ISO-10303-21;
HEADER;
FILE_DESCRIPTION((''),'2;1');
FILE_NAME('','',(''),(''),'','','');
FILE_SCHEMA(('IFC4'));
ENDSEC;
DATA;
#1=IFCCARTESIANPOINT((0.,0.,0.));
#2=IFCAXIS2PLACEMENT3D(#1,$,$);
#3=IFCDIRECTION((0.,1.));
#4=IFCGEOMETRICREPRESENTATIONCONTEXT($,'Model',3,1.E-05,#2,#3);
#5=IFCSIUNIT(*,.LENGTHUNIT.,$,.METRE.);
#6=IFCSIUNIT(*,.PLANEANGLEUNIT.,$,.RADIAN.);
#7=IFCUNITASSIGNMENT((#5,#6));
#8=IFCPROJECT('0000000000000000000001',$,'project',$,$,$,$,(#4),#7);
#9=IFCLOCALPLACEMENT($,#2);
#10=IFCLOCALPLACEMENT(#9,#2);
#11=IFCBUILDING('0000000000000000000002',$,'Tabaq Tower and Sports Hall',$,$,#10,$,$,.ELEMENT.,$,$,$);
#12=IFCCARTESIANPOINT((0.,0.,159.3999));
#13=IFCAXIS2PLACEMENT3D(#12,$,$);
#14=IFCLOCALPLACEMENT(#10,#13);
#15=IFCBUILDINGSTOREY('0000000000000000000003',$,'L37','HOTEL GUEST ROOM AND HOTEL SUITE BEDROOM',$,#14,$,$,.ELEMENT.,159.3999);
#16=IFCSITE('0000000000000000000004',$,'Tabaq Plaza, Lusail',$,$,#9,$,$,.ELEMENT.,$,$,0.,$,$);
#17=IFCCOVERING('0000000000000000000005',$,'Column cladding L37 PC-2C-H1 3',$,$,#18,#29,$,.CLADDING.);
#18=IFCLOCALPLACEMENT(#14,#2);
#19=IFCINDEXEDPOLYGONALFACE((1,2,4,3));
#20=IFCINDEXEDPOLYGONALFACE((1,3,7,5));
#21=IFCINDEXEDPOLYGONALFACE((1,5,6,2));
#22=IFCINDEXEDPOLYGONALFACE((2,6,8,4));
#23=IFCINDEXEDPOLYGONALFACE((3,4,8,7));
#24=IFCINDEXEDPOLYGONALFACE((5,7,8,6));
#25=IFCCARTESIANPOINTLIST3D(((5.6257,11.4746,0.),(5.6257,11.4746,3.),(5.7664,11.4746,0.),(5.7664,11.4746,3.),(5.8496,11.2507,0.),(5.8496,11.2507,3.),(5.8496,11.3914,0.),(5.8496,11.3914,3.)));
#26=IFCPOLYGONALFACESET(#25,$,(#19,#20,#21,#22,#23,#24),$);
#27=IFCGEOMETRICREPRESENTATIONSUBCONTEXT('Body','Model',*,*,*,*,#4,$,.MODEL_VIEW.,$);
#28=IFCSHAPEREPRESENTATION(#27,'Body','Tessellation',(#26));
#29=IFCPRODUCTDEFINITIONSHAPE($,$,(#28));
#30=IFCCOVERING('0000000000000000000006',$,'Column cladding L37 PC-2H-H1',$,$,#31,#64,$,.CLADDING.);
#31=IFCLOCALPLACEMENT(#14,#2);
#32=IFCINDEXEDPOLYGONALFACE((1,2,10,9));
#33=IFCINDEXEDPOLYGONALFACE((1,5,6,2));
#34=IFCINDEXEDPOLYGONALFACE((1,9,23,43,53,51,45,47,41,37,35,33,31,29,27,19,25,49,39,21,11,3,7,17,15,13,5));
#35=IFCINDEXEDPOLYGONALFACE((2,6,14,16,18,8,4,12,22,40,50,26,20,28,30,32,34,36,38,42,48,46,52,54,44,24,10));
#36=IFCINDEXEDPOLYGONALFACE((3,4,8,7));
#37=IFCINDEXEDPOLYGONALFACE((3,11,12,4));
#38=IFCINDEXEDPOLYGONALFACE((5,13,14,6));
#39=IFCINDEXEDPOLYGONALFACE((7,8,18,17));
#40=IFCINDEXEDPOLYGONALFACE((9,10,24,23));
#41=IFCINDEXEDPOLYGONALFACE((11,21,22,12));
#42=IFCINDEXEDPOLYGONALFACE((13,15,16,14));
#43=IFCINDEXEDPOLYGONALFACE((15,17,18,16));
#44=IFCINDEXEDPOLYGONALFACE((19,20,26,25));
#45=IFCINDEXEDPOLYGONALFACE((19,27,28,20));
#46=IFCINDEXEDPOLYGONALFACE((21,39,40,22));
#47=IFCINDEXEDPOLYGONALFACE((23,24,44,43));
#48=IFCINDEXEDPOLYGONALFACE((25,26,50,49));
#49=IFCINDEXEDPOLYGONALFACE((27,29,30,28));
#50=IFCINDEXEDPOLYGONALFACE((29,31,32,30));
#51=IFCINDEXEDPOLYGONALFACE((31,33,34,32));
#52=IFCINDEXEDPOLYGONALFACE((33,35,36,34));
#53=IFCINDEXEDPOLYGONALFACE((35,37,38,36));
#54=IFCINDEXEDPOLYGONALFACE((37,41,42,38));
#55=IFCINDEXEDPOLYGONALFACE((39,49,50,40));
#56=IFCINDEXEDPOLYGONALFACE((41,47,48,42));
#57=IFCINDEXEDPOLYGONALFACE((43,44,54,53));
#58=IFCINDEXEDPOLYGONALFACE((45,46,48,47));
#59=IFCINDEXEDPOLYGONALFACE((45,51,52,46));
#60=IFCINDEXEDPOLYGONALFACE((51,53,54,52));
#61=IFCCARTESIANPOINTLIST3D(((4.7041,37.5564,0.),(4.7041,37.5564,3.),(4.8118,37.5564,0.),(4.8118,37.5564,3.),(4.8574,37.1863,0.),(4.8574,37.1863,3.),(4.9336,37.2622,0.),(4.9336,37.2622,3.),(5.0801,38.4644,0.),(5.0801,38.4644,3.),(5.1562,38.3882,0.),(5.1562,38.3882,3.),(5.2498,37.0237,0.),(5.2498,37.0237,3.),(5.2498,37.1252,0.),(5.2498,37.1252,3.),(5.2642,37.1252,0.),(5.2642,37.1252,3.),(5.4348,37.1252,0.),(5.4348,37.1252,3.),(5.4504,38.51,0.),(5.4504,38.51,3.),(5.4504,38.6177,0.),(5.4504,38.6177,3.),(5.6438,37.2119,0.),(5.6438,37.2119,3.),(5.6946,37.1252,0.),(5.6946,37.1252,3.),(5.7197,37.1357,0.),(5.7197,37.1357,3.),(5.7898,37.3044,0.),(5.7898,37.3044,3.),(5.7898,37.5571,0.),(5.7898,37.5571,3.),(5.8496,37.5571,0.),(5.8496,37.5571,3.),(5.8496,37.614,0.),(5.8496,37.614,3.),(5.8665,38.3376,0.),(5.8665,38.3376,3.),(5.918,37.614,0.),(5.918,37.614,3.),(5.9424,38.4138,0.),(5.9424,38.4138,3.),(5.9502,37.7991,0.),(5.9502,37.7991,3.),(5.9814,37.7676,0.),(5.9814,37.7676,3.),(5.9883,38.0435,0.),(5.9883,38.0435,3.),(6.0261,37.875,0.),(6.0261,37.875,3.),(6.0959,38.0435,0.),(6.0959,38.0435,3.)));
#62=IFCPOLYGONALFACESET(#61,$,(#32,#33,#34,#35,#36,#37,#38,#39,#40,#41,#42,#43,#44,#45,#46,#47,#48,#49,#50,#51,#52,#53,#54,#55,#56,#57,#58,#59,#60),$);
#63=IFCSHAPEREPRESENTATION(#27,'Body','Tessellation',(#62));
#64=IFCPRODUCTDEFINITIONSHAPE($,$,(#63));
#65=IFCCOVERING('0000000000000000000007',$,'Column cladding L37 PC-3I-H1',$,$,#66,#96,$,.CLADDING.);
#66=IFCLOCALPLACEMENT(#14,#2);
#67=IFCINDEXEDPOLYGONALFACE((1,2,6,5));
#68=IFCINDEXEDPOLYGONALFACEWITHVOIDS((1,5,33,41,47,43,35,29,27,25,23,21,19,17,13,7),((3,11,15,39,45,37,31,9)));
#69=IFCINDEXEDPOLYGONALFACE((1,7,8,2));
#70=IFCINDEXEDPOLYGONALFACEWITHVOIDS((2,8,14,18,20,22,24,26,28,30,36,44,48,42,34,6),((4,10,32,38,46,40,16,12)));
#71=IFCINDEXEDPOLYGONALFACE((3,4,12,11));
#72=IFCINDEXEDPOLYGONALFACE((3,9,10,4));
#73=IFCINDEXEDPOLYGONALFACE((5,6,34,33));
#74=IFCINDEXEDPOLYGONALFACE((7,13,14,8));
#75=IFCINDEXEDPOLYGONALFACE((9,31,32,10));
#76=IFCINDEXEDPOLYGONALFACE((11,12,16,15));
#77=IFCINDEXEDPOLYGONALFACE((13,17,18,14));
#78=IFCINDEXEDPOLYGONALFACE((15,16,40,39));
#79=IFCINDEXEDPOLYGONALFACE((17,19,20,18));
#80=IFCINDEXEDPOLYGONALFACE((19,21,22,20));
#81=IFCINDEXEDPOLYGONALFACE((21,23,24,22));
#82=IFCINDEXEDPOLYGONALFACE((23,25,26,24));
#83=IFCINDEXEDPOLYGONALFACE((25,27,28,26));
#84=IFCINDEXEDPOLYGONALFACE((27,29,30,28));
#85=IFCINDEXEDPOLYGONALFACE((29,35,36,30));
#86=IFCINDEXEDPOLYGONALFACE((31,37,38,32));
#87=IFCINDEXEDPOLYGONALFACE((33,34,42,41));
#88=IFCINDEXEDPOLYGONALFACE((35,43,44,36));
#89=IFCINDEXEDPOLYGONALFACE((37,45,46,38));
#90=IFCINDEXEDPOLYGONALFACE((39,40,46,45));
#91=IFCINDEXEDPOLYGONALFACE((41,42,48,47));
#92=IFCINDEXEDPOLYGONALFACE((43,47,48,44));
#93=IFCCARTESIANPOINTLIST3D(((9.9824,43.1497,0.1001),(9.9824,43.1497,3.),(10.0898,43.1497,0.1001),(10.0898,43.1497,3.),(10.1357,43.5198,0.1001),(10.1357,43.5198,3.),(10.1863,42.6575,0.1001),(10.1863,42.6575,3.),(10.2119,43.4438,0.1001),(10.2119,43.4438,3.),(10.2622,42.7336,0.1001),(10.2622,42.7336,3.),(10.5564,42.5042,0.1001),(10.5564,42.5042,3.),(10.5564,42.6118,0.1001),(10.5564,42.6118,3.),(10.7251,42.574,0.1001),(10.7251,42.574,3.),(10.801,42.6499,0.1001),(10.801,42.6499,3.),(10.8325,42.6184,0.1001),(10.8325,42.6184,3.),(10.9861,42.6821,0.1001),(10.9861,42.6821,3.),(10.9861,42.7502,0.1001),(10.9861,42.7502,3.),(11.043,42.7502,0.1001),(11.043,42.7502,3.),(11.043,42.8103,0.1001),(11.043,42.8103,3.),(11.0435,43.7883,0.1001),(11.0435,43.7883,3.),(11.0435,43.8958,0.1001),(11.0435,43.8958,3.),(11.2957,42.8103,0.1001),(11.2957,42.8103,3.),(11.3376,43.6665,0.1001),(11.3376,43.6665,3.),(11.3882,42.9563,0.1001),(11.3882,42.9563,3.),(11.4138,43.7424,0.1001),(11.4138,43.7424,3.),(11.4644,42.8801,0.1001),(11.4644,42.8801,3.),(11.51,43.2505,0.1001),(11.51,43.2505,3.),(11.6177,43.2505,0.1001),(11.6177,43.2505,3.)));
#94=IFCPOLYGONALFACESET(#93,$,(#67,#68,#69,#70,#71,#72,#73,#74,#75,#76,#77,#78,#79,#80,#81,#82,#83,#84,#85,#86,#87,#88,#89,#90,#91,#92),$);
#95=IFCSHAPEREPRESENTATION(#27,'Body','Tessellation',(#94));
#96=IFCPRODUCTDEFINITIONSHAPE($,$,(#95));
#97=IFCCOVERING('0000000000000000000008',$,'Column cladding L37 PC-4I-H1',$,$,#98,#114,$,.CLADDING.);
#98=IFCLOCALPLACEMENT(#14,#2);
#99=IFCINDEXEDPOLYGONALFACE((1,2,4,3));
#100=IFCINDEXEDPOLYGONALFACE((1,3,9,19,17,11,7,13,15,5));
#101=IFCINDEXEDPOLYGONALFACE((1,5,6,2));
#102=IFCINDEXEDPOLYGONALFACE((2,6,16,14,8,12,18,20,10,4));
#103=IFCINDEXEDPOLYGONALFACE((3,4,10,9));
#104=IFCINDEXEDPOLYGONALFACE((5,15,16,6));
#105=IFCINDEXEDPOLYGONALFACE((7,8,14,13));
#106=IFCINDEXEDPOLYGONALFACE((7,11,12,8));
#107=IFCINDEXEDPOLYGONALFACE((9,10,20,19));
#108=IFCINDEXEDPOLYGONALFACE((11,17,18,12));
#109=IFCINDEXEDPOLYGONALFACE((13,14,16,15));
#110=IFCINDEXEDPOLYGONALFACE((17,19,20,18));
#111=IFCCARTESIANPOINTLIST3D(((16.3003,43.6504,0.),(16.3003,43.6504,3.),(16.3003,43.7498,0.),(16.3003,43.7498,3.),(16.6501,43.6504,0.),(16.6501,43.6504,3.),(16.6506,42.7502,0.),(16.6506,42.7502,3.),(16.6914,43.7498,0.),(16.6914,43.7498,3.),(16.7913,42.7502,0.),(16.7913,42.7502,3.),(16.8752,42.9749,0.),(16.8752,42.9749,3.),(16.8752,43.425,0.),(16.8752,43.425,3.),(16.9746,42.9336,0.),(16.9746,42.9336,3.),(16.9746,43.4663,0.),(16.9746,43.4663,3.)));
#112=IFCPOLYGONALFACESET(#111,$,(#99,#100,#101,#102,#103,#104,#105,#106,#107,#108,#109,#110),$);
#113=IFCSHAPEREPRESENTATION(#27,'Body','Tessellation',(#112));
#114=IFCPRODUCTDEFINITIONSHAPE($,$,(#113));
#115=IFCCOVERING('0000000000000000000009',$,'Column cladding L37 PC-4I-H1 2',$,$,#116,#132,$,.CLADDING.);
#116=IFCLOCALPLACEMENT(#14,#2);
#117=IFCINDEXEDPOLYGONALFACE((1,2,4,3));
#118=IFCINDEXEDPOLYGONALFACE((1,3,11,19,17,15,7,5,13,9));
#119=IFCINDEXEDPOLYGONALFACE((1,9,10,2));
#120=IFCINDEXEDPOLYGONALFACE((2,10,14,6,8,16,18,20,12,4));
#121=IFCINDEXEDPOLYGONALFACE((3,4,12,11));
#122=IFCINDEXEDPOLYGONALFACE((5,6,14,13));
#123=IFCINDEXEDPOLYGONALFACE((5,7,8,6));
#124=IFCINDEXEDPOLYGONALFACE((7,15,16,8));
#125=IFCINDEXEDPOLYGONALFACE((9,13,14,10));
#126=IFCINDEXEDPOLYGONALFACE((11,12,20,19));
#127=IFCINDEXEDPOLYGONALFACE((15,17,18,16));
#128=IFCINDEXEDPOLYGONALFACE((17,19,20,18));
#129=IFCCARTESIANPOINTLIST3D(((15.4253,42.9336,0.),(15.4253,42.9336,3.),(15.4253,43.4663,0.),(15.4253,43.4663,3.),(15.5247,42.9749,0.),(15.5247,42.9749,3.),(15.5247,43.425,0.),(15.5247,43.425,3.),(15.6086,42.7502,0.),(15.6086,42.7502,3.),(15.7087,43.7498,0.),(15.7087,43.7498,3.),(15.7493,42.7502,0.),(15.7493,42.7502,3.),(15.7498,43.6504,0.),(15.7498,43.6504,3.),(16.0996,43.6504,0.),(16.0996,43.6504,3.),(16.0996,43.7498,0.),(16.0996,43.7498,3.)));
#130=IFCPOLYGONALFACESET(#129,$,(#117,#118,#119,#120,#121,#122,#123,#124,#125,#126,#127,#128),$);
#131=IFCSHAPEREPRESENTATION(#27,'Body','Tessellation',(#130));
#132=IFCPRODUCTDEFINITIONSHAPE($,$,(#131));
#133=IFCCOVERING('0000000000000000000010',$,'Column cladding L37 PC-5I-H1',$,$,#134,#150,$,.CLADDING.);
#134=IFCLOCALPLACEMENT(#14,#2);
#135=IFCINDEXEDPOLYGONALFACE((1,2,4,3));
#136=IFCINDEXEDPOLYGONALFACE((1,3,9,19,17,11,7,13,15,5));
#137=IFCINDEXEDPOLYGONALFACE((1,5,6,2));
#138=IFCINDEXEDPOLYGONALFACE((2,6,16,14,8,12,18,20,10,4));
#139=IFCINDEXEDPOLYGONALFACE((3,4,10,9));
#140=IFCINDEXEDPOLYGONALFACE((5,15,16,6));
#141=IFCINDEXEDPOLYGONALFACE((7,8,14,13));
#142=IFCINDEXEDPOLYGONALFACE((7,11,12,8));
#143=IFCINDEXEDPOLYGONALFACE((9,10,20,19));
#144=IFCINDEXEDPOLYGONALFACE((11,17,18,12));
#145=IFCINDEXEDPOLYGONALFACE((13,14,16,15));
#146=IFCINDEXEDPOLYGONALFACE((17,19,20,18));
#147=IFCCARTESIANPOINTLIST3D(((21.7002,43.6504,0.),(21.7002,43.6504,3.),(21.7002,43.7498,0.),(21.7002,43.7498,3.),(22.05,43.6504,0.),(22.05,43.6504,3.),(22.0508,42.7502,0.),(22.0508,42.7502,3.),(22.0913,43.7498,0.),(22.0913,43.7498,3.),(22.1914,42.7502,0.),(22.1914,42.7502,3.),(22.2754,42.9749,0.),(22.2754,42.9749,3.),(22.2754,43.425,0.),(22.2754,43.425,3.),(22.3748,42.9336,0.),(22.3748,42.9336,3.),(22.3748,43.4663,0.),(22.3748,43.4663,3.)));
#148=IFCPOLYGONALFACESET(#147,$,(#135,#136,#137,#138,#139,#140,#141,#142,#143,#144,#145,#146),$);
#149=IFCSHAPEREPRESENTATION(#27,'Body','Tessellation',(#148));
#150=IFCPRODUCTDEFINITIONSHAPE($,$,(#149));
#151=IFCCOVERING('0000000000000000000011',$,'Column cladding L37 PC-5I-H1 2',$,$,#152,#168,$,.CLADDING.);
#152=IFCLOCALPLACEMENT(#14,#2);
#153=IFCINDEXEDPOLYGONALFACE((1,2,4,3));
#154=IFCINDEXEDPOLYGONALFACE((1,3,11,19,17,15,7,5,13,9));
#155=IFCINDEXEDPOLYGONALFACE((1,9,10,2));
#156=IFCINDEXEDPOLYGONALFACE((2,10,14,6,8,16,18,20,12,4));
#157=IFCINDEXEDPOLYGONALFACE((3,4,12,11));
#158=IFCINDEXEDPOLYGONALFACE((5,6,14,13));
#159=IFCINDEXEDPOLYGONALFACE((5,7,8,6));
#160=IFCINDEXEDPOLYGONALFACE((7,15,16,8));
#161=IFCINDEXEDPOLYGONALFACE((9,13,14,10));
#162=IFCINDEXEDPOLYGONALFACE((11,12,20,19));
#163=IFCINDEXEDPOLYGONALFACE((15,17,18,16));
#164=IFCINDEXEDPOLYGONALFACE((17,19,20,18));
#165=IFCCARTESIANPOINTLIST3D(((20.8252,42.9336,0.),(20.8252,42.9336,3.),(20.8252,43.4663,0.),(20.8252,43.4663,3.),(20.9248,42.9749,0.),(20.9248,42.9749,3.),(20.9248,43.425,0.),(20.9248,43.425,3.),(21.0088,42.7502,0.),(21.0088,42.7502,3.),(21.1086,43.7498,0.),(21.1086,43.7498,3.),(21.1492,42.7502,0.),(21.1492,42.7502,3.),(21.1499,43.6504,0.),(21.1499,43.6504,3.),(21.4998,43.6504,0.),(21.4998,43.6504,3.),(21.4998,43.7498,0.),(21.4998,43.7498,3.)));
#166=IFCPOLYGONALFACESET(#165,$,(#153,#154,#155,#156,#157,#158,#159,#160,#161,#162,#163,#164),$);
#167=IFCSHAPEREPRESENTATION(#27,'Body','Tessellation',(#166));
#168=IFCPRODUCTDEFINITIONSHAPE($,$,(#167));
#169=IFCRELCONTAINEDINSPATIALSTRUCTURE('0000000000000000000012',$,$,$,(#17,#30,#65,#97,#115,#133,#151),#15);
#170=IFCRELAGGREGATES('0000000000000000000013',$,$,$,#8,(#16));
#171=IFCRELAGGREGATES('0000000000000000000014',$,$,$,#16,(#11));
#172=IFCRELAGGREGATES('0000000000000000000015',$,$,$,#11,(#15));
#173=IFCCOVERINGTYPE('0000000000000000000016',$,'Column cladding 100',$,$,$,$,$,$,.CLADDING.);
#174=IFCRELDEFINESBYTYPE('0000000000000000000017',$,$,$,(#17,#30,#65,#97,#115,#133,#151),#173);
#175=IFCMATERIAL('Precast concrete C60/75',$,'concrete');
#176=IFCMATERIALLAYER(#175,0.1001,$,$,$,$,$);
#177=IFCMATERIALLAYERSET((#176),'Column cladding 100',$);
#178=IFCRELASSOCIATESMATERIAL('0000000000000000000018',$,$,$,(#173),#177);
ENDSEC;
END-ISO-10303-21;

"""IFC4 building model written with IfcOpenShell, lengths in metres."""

from ifc_helpers import new_model, si_unit, direction, frame, origin, place, context, subcontext, project, spatial, polyline, outline, extrude, material, layer, layer_set, type_object, element, save


model = new_model("IFC4")

# Units and contexts
model_context = context("Model", 3, precision=1e-05, world=origin(), true_north=direction((0.0, 1.0)))
body_context = subcontext(model_context, "Body", "Model", "MODEL_VIEW")
ifc_project = project(units=[si_unit("LENGTHUNIT", "METRE"), si_unit("PLANEANGLEUNIT", "RADIAN")], contexts=[model_context])

# Site, building, storey
site_placement = place(None, origin())
site = spatial("IfcSite", under=ifc_project, at=site_placement, Name="Tabaq Plaza, Lusail", CompositionType="ELEMENT", RefElevation=0.0)
building_placement = place(site_placement, origin())
building = spatial("IfcBuilding", under=site, at=building_placement, Name="Tabaq Tower and Sports Hall", CompositionType="ELEMENT")
storey_placement = place(building_placement, frame((0.0, 0.0, 159.3999)))
storey = spatial("IfcBuildingStorey", under=building, at=storey_placement, Name="L37", Description="HOTEL GUEST ROOM AND HOTEL SUITE BEDROOM", CompositionType="ELEMENT", Elevation=159.3999)

# Coverings
ifc_material_1 = material(Name="Precast concrete C60/75", Category="concrete")
ifc_layer_1 = layer(ifc_material_1, 0.1001)
ifc_layer_set_1 = layer_set([ifc_layer_1], Name="Column cladding 100")
covering_type_1 = type_object("IfcCoveringType", Name="Column cladding 100", PredefinedType="CLADDING", material=ifc_layer_set_1)
covering_1_placement = place(storey_placement, origin())
element("IfcCovering", 1, at=covering_1_placement, inside=storey, type_object=covering_type_1, Name="Column cladding L37 PC-2C-H1 3", PredefinedType="CLADDING", context=body_context, shape_type="SweptSolid", body=[
    extrude(outline(polyline([(5.8496, 11.3914), (5.8496, 11.2507), (5.6257, 11.4746), (5.7664, 11.4746), (5.8496, 11.3914)])), origin(), (0.0, 0.0, 1.0), 3.0),
])
covering_2_placement = place(storey_placement, origin())
element("IfcCovering", 2, at=covering_2_placement, inside=storey, type_object=covering_type_1, Name="Column cladding L37 PC-2H-H1", PredefinedType="CLADDING", context=body_context, shape_type="SweptSolid", body=[
    extrude(outline(polyline([(4.8574, 37.1863), (4.7041, 37.5564), (5.0801, 38.4644), (5.4504, 38.6177), (5.9424, 38.4138), (6.0959, 38.0435), (6.0261, 37.875), (5.9502, 37.7991), (5.9814, 37.7676), (5.918, 37.614), (5.8496, 37.614), (5.8496, 37.5571), (5.7898, 37.5571), (5.7898, 37.3044), (5.7197, 37.1357), (5.6946, 37.1252), (5.4348, 37.1252), (5.6438, 37.2119), (5.9883, 38.0435), (5.8665, 38.3376), (5.4504, 38.51), (5.1562, 38.3882), (4.8118, 37.5564), (4.9336, 37.2622), (5.2642, 37.1252), (5.2498, 37.1252), (5.2498, 37.0237), (4.8574, 37.1863)])), origin(), (0.0, 0.0, 1.0), 3.0),
])
covering_3_placement = place(storey_placement, frame((0.0, 0.0, 0.1001)))
element("IfcCovering", 3, at=covering_3_placement, inside=storey, type_object=covering_type_1, Name="Column cladding L37 PC-3I-H1", PredefinedType="CLADDING", context=body_context, shape_type="SweptSolid", body=[
    extrude(outline(polyline([(9.9824, 43.1497), (10.1357, 43.5198), (11.0435, 43.8958), (11.4138, 43.7424), (11.6177, 43.2505), (11.4644, 42.8801), (11.2957, 42.8103), (11.043, 42.8103), (11.043, 42.7502), (10.9861, 42.7502), (10.9861, 42.6821), (10.8325, 42.6184), (10.801, 42.6499), (10.7251, 42.574), (10.5564, 42.5042), (10.1863, 42.6575), (9.9824, 43.1497)]), holes=[polyline([(11.51, 43.2505), (11.3376, 43.6665), (11.0435, 43.7883), (10.2119, 43.4438), (10.0898, 43.1497), (10.2622, 42.7336), (10.5564, 42.6118), (11.3882, 42.9563), (11.51, 43.2505)])]), origin(), (0.0, 0.0, 1.0), 2.8999),
])
covering_4_placement = place(storey_placement, origin())
element("IfcCovering", 4, at=covering_4_placement, inside=storey, type_object=covering_type_1, Name="Column cladding L37 PC-4I-H1", PredefinedType="CLADDING", context=body_context, shape_type="SweptSolid", body=[
    extrude(outline(polyline([(16.6914, 43.7498), (16.9746, 43.4663), (16.9746, 42.9336), (16.7913, 42.7502), (16.6506, 42.7502), (16.8752, 42.9749), (16.8752, 43.425), (16.6501, 43.6504), (16.3003, 43.6504), (16.3003, 43.7498), (16.6914, 43.7498)])), origin(), (0.0, 0.0, 1.0), 3.0),
])
covering_5_placement = place(storey_placement, origin())
element("IfcCovering", 5, at=covering_5_placement, inside=storey, type_object=covering_type_1, Name="Column cladding L37 PC-4I-H1 2", PredefinedType="CLADDING", context=body_context, shape_type="SweptSolid", body=[
    extrude(outline(polyline([(15.4253, 43.4663), (15.7087, 43.7498), (16.0996, 43.7498), (16.0996, 43.6504), (15.7498, 43.6504), (15.5247, 43.425), (15.5247, 42.9749), (15.7493, 42.7502), (15.6086, 42.7502), (15.4253, 42.9336), (15.4253, 43.4663)])), origin(), (0.0, 0.0, 1.0), 3.0),
])
covering_6_placement = place(storey_placement, origin())
element("IfcCovering", 6, at=covering_6_placement, inside=storey, type_object=covering_type_1, Name="Column cladding L37 PC-5I-H1", PredefinedType="CLADDING", context=body_context, shape_type="SweptSolid", body=[
    extrude(outline(polyline([(22.0913, 43.7498), (22.3748, 43.4663), (22.3748, 42.9336), (22.1914, 42.7502), (22.0508, 42.7502), (22.2754, 42.9749), (22.2754, 43.425), (22.05, 43.6504), (21.7002, 43.6504), (21.7002, 43.7498), (22.0913, 43.7498)])), origin(), (0.0, 0.0, 1.0), 3.0),
])
covering_7_placement = place(storey_placement, origin())
element("IfcCovering", 7, at=covering_7_placement, inside=storey, type_object=covering_type_1, Name="Column cladding L37 PC-5I-H1 2", PredefinedType="CLADDING", context=body_context, shape_type="SweptSolid", body=[
    extrude(outline(polyline([(20.8252, 43.4663), (21.1086, 43.7498), (21.4998, 43.7498), (21.4998, 43.6504), (21.1499, 43.6504), (20.9248, 43.425), (20.9248, 42.9749), (21.1492, 42.7502), (21.0088, 42.7502), (20.8252, 42.9336), (20.8252, 43.4663)])), origin(), (0.0, 0.0, 1.0), 3.0),
])

save(model, "model.ifc")
